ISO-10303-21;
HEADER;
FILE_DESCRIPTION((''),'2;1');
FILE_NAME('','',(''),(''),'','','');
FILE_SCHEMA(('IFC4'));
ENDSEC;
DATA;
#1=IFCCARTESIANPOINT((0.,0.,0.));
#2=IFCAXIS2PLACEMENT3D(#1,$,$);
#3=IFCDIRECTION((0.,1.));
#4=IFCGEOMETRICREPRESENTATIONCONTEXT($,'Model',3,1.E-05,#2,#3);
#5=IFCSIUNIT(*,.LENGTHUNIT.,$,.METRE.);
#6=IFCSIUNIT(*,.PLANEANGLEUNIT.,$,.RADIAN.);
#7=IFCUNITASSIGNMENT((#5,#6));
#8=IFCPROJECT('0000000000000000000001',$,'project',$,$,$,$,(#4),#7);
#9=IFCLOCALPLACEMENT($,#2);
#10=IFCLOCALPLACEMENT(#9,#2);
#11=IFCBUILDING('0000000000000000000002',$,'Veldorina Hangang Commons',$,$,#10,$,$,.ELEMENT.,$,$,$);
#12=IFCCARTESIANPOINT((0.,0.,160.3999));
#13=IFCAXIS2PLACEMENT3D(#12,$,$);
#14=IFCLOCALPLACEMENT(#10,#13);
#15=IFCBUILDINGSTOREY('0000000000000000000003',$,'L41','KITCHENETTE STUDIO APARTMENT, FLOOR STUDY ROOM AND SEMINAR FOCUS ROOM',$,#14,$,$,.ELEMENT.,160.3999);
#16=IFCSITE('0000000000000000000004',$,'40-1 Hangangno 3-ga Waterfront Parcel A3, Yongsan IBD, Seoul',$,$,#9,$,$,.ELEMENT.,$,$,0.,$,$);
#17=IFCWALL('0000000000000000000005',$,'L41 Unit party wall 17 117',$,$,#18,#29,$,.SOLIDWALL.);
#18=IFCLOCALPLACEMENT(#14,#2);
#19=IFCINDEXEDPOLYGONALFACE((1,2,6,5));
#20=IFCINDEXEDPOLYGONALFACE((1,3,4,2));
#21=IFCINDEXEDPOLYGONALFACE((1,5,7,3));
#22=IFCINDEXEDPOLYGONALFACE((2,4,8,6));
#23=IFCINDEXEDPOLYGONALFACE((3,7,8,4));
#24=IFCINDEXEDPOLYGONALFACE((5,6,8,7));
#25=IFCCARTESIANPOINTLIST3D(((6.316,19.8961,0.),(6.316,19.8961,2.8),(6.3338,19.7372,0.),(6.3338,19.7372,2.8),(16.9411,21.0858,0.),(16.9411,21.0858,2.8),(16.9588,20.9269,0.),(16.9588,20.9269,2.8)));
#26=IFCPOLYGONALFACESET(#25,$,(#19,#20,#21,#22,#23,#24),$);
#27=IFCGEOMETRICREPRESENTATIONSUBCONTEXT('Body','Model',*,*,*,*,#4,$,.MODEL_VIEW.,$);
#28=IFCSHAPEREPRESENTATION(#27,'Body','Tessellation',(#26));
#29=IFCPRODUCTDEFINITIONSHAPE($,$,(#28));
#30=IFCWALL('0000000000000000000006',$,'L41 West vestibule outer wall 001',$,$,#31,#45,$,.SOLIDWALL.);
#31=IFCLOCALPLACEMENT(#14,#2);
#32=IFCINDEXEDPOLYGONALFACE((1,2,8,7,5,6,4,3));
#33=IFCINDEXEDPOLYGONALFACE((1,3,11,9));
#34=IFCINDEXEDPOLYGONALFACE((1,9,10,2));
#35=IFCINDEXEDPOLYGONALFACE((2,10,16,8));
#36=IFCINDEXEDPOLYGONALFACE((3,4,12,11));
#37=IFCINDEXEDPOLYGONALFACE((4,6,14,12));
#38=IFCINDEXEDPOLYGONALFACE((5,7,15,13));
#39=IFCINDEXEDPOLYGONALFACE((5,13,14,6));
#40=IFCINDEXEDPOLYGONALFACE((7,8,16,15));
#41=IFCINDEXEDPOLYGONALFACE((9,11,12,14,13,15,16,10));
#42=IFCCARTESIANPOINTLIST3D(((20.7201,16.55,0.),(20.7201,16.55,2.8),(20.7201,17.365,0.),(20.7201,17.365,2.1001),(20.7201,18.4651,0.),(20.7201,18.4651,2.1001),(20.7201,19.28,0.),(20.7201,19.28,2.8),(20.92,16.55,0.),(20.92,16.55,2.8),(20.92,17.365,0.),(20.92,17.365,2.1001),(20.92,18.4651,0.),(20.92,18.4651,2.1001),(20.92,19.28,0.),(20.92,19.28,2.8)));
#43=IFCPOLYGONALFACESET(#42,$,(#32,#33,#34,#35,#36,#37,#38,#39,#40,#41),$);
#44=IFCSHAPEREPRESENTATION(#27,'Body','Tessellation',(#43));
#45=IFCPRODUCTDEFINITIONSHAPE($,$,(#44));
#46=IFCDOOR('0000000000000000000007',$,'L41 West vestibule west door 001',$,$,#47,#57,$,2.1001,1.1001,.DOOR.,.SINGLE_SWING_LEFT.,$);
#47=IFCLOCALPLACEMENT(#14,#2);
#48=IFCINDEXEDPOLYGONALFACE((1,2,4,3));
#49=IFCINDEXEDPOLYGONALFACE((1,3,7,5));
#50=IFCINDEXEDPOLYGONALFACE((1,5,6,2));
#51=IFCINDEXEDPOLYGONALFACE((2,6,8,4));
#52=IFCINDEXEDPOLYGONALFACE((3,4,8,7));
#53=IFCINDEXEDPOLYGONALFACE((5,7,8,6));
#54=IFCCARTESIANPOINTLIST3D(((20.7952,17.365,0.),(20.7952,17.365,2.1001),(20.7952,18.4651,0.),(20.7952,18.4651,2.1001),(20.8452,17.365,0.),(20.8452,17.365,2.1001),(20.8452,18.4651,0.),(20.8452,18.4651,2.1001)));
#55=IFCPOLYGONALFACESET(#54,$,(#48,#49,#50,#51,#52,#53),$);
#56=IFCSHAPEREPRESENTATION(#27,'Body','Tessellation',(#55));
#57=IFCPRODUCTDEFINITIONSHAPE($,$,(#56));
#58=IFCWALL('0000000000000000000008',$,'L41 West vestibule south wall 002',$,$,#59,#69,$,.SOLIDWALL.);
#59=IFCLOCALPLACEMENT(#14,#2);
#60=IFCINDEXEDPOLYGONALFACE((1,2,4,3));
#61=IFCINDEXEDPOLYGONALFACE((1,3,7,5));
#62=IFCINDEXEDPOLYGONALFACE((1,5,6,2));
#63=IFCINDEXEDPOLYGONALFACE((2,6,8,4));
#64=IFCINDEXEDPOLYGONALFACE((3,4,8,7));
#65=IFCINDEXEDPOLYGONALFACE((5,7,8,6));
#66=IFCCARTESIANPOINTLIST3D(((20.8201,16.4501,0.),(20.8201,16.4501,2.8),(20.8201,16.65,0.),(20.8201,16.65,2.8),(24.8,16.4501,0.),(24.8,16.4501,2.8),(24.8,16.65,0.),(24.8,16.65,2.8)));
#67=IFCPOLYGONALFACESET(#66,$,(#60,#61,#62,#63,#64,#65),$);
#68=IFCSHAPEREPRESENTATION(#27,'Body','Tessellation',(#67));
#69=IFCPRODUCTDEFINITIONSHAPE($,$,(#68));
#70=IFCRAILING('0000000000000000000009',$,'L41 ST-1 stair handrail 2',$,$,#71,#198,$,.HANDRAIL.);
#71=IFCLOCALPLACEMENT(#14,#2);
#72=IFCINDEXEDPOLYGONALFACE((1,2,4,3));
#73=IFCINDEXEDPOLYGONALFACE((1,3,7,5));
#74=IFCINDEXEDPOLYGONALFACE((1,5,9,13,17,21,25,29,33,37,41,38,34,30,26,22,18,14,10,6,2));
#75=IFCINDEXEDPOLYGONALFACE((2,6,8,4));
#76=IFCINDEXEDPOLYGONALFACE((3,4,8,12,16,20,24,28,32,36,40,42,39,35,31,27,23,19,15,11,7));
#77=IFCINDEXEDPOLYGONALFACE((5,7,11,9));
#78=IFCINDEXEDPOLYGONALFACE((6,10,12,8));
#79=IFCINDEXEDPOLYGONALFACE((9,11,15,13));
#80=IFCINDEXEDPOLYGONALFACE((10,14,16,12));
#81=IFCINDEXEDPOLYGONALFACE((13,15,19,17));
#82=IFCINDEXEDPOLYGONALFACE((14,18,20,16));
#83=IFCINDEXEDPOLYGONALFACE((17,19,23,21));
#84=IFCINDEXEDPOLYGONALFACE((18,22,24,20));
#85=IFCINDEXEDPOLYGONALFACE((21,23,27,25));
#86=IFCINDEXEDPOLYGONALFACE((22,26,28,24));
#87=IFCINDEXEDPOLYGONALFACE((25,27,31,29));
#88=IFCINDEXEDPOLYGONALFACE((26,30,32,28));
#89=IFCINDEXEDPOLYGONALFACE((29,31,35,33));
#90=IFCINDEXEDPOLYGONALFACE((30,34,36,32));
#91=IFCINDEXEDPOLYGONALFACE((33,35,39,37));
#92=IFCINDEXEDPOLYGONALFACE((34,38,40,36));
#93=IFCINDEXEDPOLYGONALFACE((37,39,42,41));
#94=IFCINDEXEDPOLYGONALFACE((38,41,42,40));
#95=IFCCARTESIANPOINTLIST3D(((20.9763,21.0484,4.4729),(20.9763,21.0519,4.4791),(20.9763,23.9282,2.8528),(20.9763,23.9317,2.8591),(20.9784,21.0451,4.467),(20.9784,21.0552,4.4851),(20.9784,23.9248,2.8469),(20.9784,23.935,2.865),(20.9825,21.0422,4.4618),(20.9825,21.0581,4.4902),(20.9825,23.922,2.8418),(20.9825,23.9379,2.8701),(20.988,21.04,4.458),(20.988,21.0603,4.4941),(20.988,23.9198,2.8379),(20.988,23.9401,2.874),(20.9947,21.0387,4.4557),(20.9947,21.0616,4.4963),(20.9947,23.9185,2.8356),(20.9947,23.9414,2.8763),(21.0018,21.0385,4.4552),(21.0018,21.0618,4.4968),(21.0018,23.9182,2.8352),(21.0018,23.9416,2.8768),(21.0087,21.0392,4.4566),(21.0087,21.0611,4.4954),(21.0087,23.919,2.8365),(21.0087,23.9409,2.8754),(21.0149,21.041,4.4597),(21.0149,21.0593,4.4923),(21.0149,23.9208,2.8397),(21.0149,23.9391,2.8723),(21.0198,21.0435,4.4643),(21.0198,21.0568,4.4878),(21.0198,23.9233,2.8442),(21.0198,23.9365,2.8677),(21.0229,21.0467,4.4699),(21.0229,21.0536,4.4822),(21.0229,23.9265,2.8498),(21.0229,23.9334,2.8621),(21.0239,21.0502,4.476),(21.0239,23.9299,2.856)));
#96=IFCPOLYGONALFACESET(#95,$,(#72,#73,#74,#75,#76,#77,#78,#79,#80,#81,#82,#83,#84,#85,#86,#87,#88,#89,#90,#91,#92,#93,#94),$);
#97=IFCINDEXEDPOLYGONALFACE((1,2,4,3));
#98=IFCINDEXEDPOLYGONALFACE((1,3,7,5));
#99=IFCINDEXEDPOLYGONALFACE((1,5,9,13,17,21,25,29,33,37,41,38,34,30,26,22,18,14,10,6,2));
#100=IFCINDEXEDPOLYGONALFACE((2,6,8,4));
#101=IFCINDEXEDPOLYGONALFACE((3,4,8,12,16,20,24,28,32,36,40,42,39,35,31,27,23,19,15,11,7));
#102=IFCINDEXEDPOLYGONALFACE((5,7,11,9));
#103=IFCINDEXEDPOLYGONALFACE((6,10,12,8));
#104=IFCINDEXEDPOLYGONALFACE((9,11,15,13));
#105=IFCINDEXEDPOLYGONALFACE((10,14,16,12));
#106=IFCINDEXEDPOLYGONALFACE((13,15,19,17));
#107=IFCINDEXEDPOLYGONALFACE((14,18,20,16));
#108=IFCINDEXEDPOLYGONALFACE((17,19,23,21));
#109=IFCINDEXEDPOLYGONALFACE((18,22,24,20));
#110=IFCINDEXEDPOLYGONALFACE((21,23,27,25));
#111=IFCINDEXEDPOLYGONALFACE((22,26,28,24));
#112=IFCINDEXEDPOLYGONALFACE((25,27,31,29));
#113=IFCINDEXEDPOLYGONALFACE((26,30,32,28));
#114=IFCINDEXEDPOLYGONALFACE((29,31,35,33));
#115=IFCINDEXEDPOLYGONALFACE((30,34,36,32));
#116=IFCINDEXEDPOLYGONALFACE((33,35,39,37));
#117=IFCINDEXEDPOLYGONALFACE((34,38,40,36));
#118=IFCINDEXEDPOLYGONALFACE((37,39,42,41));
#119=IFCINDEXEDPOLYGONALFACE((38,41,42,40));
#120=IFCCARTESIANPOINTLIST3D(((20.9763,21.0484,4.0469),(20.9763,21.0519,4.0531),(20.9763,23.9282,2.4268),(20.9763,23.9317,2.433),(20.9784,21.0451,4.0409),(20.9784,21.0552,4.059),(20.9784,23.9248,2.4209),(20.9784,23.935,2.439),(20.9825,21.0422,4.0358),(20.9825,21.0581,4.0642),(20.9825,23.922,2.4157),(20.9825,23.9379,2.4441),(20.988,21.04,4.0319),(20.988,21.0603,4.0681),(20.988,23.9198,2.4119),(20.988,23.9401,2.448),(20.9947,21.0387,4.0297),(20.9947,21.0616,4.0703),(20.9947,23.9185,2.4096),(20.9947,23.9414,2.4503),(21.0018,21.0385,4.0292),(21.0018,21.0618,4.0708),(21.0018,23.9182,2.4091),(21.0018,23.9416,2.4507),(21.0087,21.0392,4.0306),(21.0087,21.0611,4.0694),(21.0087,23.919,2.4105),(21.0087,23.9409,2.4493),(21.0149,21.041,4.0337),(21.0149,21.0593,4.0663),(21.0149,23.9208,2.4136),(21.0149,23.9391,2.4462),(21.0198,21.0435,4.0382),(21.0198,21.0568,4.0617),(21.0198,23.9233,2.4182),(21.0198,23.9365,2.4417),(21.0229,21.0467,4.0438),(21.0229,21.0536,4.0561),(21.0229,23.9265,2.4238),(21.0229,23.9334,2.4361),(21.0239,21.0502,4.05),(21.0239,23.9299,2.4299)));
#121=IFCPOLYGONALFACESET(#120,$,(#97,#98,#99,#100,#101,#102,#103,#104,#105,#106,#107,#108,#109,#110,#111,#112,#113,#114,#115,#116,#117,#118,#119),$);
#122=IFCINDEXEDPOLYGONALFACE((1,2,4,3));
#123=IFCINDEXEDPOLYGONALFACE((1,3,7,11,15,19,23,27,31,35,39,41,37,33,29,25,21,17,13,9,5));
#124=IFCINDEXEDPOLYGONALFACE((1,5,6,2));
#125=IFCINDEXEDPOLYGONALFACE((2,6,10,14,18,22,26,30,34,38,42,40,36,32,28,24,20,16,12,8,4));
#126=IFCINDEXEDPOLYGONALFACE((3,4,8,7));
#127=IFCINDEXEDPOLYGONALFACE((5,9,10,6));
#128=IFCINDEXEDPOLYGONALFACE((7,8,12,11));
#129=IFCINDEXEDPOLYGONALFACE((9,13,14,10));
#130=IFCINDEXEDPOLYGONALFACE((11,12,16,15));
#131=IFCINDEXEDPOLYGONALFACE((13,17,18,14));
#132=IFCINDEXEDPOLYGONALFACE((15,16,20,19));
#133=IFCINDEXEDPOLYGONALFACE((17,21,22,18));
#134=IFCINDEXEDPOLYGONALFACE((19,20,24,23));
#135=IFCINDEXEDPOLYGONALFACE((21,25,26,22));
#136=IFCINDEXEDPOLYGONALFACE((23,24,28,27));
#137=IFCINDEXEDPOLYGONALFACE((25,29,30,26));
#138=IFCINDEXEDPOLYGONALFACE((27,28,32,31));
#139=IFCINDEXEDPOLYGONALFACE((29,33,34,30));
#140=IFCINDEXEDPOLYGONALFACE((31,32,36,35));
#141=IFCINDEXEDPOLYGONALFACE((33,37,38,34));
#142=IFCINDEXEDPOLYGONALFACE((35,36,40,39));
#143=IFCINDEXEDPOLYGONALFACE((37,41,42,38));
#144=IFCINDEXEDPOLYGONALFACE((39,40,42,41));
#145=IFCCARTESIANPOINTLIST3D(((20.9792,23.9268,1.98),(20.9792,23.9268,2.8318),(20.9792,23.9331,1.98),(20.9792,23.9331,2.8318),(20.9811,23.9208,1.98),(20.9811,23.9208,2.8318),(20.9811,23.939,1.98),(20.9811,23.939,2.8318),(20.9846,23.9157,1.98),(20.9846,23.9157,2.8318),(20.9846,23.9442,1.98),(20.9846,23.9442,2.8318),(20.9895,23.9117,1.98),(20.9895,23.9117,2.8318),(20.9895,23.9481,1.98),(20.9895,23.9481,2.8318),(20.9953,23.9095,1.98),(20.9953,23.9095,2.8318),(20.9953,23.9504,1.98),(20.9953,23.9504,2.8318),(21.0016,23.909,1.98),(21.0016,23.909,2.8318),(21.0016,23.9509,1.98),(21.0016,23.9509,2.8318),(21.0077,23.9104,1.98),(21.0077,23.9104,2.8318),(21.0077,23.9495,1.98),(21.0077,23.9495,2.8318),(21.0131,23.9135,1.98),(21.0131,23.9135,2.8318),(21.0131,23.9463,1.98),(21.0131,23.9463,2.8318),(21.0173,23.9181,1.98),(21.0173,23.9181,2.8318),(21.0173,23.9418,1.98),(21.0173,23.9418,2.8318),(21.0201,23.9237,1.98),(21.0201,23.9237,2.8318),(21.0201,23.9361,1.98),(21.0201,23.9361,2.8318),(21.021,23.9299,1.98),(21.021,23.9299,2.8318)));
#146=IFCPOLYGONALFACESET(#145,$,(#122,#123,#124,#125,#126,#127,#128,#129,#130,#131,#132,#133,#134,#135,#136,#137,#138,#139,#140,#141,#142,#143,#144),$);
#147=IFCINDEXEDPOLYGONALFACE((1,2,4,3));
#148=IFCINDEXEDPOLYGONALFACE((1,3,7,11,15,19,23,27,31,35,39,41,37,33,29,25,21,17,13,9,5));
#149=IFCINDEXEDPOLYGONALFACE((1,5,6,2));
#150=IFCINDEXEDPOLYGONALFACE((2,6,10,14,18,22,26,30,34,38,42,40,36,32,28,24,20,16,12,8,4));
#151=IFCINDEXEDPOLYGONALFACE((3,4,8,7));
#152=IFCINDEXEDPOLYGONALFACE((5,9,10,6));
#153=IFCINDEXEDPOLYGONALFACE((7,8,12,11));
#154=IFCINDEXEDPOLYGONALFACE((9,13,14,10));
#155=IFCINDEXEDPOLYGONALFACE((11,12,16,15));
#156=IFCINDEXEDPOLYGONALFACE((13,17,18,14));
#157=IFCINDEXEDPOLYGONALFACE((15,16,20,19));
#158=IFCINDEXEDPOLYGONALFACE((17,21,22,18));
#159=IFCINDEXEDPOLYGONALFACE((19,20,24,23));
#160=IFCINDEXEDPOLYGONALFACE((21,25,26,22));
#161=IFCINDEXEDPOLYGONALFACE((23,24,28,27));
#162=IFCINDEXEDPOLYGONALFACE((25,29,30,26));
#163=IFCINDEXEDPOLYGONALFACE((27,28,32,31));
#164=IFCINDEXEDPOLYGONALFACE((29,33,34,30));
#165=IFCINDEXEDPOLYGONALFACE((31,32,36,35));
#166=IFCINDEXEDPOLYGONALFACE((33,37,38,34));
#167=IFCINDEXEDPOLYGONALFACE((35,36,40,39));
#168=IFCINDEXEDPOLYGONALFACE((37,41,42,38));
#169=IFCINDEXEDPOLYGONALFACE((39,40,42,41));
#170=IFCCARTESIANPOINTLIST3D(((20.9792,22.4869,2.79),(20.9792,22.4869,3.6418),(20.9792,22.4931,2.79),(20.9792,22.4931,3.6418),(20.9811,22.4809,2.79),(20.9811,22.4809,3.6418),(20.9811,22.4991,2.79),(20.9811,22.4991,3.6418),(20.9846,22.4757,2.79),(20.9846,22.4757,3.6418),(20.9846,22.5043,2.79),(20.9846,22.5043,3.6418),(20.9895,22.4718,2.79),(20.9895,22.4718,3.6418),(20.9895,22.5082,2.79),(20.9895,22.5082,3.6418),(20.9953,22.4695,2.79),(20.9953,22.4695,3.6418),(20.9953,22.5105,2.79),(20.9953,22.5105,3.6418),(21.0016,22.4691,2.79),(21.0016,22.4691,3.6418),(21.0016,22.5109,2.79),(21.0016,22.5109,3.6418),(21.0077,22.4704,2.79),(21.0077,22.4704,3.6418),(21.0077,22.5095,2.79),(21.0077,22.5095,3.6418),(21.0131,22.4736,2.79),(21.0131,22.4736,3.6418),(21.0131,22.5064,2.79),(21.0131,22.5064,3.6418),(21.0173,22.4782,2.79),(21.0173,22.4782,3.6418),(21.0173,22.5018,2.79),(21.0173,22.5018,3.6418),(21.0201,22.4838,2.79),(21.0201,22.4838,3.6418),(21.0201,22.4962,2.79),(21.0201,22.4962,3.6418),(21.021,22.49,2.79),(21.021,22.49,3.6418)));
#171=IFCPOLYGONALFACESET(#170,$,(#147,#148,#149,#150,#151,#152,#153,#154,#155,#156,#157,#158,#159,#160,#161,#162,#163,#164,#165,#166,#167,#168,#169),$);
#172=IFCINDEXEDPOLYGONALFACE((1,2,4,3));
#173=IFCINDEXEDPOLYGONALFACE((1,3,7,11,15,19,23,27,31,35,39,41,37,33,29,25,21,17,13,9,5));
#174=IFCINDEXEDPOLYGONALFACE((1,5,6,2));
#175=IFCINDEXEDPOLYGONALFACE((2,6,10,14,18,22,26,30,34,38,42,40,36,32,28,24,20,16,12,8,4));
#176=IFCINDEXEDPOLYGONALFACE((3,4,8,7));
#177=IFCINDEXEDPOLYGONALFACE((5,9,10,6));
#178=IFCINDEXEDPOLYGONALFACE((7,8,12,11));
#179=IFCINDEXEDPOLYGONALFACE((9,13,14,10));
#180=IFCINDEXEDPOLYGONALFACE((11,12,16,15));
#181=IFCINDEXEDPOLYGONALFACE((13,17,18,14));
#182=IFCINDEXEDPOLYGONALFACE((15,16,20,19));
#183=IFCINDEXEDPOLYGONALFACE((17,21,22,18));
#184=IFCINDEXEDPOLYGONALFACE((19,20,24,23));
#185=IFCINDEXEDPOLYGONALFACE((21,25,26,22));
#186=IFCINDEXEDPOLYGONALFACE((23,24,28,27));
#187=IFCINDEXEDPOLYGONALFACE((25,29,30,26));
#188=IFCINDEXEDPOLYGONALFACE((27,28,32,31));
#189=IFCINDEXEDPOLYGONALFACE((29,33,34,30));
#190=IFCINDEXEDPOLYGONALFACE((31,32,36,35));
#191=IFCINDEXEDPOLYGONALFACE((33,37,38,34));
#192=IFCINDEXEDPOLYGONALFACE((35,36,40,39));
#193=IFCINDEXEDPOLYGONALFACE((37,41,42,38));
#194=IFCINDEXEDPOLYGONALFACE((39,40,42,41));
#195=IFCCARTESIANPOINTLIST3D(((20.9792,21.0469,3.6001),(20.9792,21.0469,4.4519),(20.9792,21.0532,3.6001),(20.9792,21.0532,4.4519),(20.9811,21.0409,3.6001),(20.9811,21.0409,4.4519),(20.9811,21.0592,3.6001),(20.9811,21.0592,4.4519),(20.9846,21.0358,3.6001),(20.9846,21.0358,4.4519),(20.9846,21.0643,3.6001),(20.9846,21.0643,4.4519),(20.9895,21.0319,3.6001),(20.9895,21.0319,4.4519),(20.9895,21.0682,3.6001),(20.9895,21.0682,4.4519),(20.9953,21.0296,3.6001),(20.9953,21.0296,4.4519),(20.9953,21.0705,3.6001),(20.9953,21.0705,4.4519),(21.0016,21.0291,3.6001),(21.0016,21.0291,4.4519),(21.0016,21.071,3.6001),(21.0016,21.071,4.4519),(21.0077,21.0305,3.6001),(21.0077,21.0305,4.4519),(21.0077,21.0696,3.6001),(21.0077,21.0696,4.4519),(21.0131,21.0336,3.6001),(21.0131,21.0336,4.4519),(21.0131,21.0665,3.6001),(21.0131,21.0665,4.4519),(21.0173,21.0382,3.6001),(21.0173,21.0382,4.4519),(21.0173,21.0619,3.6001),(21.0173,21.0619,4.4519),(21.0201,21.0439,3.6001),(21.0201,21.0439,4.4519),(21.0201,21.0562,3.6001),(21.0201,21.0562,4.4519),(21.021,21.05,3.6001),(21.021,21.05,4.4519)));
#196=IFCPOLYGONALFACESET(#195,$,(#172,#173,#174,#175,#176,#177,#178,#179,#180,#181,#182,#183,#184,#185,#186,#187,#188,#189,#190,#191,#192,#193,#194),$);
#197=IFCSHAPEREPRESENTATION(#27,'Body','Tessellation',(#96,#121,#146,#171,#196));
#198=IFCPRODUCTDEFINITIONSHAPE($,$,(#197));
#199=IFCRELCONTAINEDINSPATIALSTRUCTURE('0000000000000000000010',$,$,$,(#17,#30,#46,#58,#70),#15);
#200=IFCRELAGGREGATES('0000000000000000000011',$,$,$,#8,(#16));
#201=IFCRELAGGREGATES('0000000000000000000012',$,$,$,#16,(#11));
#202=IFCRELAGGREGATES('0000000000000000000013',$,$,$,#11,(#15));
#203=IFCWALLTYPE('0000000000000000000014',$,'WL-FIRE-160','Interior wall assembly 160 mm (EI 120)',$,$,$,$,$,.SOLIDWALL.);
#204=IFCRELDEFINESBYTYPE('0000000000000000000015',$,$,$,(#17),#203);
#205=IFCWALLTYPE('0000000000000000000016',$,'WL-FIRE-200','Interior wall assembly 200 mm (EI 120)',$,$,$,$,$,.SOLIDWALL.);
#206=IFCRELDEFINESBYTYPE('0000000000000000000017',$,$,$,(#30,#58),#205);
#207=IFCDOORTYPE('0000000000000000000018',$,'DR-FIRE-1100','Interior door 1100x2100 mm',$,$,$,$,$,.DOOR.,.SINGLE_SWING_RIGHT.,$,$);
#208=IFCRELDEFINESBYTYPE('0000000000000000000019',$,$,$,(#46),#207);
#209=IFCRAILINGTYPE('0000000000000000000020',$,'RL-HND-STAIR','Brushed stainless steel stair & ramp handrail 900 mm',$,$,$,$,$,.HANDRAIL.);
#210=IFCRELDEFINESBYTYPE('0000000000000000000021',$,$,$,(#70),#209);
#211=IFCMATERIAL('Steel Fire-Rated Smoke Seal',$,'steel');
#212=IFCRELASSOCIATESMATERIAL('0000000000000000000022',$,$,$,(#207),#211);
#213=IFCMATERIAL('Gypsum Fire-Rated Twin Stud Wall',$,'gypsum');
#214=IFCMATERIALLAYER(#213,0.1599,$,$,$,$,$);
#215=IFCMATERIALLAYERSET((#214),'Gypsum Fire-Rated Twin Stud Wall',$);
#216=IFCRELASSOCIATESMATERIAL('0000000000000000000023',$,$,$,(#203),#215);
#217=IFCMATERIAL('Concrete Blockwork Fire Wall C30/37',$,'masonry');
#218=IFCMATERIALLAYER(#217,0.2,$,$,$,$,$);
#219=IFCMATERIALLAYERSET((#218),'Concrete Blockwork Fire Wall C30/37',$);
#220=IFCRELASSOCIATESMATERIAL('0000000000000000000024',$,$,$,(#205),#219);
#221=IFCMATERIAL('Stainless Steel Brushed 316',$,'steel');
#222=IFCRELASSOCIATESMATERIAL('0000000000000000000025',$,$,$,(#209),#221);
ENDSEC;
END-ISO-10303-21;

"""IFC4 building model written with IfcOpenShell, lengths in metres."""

from ifc_helpers import new_model, si_unit, direction, frame, frame_2d, origin, origin_2d, place, context, subcontext, project, spatial, rectangle, circle, extrude, material, layer, layer_set, type_object, element, fill, save


model = new_model("IFC4")

# Units and contexts
model_context = context("Model", 3, precision=1e-05, world=origin(), true_north=direction((0.0, 1.0)))
body_context = subcontext(model_context, "Body", "Model", "MODEL_VIEW")
ifc_project = project(units=[si_unit("LENGTHUNIT", "METRE"), si_unit("PLANEANGLEUNIT", "RADIAN")], contexts=[model_context])

# Site, building, storey
site_placement = place(None, origin())
site = spatial("IfcSite", under=ifc_project, at=site_placement, Name="40-1 Hangangno 3-ga Waterfront Parcel A3, Yongsan IBD, Seoul", CompositionType="ELEMENT", RefElevation=0.0)
building_placement = place(site_placement, origin())
building = spatial("IfcBuilding", under=site, at=building_placement, Name="Veldorina Hangang Commons", CompositionType="ELEMENT")
storey_placement = place(building_placement, frame((0.0, 0.0, 160.3999)))
storey = spatial("IfcBuildingStorey", under=building, at=storey_placement, Name="L41", Description="KITCHENETTE STUDIO APARTMENT, FLOOR STUDY ROOM AND SEMINAR FOCUS ROOM", CompositionType="ELEMENT", Elevation=160.3999)

# Shared definitions
ifc_material_1 = material(Name="Steel Fire-Rated Smoke Seal", Category="steel")
door_type_1 = type_object("IfcDoorType", Name="DR-FIRE-1100", Description="Interior door 1100x2100 mm", OperationType="SINGLE_SWING_RIGHT", PredefinedType="DOOR", material=ifc_material_1)

# Shared definitions
ifc_material_2 = material(Name="Gypsum Fire-Rated Twin Stud Wall", Category="gypsum")
ifc_layer_1 = layer(ifc_material_2, 0.1599)
ifc_layer_set_1 = layer_set([ifc_layer_1], Name="Gypsum Fire-Rated Twin Stud Wall")
wall_type_1 = type_object("IfcWallType", Name="WL-FIRE-160", Description="Interior wall assembly 160 mm (EI 120)", PredefinedType="SOLIDWALL", material=ifc_layer_set_1)

# Wall
wall_1_placement = place(storey_placement, frame((16.95, 21.0063, 0.0), z_axis=(0.0, 0.0, 1.0), x_axis=(-0.99379, -0.111276, 0.0)))
element("IfcWall", 1, at=wall_1_placement, inside=storey, type_object=wall_type_1, Name="L41 Unit party wall 17 117", PredefinedType="SOLIDWALL", context=body_context, shape_type="SweptSolid", body=[
    extrude(rectangle(XDim=10.6914, YDim=0.1599, at=frame_2d((5.3457, 0.0))), origin(), (0.0, 0.0, 1.0), 2.8),
])

# Wall, opening, door
ifc_material_3 = material(Name="Concrete Blockwork Fire Wall C30/37", Category="masonry")
ifc_layer_2 = layer(ifc_material_3, 0.2)
ifc_layer_set_2 = layer_set([ifc_layer_2], Name="Concrete Blockwork Fire Wall C30/37")
wall_type_2 = type_object("IfcWallType", Name="WL-FIRE-200", Description="Interior wall assembly 200 mm (EI 120)", PredefinedType="SOLIDWALL", material=ifc_layer_set_2)
wall_2_placement = place(storey_placement, frame((20.8201, 16.55, 0.0), z_axis=(0.0, 0.0, 1.0), x_axis=(0.0, 1.0, 0.0)))
wall_2 = element("IfcWall", 2, at=wall_2_placement, inside=storey, type_object=wall_type_2, Name="L41 West vestibule outer wall 001", PredefinedType="SOLIDWALL", context=body_context, shape_type="SweptSolid", body=[
    extrude(rectangle(XDim=2.73, YDim=0.2, at=frame_2d((1.365, 0.0))), origin(), (0.0, 0.0, 1.0), 2.8),
])
opening_1_placement = place(wall_2_placement, frame((0.8149, 0.0, 0.0)))
opening_1 = element("IfcOpeningElement", 3, at=opening_1_placement, cuts=wall_2, PredefinedType="OPENING", context=body_context, shape_type="SweptSolid", body=[
    extrude(rectangle(XDim=1.1001, YDim=2.1001, at=frame_2d((0.55, 1.05))), frame((0.0, 0.1099, 0.0), z_axis=(0.0, -1.0, 0.0), x_axis=(1.0, 0.0, 0.0)), (0.0, 0.0, 1.0), 0.22),
])
door_1_placement = place(opening_1_placement, origin())
door_1 = element("IfcDoor", 4, at=door_1_placement, inside=storey, type_object=door_type_1, Name="L41 West vestibule west door 001", OperationType="SINGLE_SWING_LEFT", OverallHeight=2.1001, OverallWidth=1.1001, PredefinedType="DOOR", context=body_context, shape_type="SweptSolid", body=[
    extrude(rectangle(XDim=1.1001, YDim=2.1001, at=frame_2d((0.55, 1.05))), frame((0.0, 0.0249, 0.0), z_axis=(0.0, -1.0, 0.0), x_axis=(1.0, 0.0, 0.0)), (0.0, 0.0, 1.0), 0.05),
])
fill(opening_1, door_1)

# Wall
wall_3_placement = place(storey_placement, frame((20.8201, 16.55, 0.0), z_axis=(0.0, 0.0, 1.0), x_axis=(1.0, 0.0, 0.0)))
element("IfcWall", 5, at=wall_3_placement, inside=storey, type_object=wall_type_2, Name="L41 West vestibule south wall 002", PredefinedType="SOLIDWALL", context=body_context, shape_type="SweptSolid", body=[
    extrude(rectangle(XDim=3.98, YDim=0.2, at=frame_2d((1.99, 0.0))), origin(), (0.0, 0.0, 1.0), 2.8),
])

# Railing
ifc_material_4 = material(Name="Stainless Steel Brushed 316", Category="steel")
railing_type = type_object("IfcRailingType", Name="RL-HND-STAIR", Description="Brushed stainless steel stair & ramp handrail 900 mm", PredefinedType="HANDRAIL", material=ifc_material_4)
railing_placement = place(storey_placement, frame((21.0, 23.9299, 1.98)))
element("IfcRailing", 6, at=railing_placement, inside=storey, type_object=railing_type, Name="L41 ST-1 stair handrail 2", PredefinedType="HANDRAIL", context=body_context, shape_type="SweptSolid", body=[
    extrude(circle(Radius=0.0239, at=origin_2d()), frame((0.0, 0.0, 0.876), z_axis=(0.0, -0.871552, 0.490303), x_axis=(1.0, 0.0, 0.0)), (0.0, 0.0, 1.0), 3.3042),
    extrude(circle(Radius=0.0239, at=origin_2d()), frame((0.0, 0.0, 0.45), z_axis=(0.0, -0.871552, 0.490303), x_axis=(1.0, 0.0, 0.0)), (0.0, 0.0, 1.0), 3.3042),
    extrude(circle(Radius=0.021, at=origin_2d()), origin(), (0.0, 0.0, 1.0), 0.8518),
    extrude(circle(Radius=0.021, at=origin_2d()), frame((0.0, -1.4399, 0.8101)), (0.0, 0.0, 1.0), 0.8518),
    extrude(circle(Radius=0.021, at=origin_2d()), frame((0.0, -2.8799, 1.6201)), (0.0, 0.0, 1.0), 0.8518),
])

save(model, "model.ifc")
